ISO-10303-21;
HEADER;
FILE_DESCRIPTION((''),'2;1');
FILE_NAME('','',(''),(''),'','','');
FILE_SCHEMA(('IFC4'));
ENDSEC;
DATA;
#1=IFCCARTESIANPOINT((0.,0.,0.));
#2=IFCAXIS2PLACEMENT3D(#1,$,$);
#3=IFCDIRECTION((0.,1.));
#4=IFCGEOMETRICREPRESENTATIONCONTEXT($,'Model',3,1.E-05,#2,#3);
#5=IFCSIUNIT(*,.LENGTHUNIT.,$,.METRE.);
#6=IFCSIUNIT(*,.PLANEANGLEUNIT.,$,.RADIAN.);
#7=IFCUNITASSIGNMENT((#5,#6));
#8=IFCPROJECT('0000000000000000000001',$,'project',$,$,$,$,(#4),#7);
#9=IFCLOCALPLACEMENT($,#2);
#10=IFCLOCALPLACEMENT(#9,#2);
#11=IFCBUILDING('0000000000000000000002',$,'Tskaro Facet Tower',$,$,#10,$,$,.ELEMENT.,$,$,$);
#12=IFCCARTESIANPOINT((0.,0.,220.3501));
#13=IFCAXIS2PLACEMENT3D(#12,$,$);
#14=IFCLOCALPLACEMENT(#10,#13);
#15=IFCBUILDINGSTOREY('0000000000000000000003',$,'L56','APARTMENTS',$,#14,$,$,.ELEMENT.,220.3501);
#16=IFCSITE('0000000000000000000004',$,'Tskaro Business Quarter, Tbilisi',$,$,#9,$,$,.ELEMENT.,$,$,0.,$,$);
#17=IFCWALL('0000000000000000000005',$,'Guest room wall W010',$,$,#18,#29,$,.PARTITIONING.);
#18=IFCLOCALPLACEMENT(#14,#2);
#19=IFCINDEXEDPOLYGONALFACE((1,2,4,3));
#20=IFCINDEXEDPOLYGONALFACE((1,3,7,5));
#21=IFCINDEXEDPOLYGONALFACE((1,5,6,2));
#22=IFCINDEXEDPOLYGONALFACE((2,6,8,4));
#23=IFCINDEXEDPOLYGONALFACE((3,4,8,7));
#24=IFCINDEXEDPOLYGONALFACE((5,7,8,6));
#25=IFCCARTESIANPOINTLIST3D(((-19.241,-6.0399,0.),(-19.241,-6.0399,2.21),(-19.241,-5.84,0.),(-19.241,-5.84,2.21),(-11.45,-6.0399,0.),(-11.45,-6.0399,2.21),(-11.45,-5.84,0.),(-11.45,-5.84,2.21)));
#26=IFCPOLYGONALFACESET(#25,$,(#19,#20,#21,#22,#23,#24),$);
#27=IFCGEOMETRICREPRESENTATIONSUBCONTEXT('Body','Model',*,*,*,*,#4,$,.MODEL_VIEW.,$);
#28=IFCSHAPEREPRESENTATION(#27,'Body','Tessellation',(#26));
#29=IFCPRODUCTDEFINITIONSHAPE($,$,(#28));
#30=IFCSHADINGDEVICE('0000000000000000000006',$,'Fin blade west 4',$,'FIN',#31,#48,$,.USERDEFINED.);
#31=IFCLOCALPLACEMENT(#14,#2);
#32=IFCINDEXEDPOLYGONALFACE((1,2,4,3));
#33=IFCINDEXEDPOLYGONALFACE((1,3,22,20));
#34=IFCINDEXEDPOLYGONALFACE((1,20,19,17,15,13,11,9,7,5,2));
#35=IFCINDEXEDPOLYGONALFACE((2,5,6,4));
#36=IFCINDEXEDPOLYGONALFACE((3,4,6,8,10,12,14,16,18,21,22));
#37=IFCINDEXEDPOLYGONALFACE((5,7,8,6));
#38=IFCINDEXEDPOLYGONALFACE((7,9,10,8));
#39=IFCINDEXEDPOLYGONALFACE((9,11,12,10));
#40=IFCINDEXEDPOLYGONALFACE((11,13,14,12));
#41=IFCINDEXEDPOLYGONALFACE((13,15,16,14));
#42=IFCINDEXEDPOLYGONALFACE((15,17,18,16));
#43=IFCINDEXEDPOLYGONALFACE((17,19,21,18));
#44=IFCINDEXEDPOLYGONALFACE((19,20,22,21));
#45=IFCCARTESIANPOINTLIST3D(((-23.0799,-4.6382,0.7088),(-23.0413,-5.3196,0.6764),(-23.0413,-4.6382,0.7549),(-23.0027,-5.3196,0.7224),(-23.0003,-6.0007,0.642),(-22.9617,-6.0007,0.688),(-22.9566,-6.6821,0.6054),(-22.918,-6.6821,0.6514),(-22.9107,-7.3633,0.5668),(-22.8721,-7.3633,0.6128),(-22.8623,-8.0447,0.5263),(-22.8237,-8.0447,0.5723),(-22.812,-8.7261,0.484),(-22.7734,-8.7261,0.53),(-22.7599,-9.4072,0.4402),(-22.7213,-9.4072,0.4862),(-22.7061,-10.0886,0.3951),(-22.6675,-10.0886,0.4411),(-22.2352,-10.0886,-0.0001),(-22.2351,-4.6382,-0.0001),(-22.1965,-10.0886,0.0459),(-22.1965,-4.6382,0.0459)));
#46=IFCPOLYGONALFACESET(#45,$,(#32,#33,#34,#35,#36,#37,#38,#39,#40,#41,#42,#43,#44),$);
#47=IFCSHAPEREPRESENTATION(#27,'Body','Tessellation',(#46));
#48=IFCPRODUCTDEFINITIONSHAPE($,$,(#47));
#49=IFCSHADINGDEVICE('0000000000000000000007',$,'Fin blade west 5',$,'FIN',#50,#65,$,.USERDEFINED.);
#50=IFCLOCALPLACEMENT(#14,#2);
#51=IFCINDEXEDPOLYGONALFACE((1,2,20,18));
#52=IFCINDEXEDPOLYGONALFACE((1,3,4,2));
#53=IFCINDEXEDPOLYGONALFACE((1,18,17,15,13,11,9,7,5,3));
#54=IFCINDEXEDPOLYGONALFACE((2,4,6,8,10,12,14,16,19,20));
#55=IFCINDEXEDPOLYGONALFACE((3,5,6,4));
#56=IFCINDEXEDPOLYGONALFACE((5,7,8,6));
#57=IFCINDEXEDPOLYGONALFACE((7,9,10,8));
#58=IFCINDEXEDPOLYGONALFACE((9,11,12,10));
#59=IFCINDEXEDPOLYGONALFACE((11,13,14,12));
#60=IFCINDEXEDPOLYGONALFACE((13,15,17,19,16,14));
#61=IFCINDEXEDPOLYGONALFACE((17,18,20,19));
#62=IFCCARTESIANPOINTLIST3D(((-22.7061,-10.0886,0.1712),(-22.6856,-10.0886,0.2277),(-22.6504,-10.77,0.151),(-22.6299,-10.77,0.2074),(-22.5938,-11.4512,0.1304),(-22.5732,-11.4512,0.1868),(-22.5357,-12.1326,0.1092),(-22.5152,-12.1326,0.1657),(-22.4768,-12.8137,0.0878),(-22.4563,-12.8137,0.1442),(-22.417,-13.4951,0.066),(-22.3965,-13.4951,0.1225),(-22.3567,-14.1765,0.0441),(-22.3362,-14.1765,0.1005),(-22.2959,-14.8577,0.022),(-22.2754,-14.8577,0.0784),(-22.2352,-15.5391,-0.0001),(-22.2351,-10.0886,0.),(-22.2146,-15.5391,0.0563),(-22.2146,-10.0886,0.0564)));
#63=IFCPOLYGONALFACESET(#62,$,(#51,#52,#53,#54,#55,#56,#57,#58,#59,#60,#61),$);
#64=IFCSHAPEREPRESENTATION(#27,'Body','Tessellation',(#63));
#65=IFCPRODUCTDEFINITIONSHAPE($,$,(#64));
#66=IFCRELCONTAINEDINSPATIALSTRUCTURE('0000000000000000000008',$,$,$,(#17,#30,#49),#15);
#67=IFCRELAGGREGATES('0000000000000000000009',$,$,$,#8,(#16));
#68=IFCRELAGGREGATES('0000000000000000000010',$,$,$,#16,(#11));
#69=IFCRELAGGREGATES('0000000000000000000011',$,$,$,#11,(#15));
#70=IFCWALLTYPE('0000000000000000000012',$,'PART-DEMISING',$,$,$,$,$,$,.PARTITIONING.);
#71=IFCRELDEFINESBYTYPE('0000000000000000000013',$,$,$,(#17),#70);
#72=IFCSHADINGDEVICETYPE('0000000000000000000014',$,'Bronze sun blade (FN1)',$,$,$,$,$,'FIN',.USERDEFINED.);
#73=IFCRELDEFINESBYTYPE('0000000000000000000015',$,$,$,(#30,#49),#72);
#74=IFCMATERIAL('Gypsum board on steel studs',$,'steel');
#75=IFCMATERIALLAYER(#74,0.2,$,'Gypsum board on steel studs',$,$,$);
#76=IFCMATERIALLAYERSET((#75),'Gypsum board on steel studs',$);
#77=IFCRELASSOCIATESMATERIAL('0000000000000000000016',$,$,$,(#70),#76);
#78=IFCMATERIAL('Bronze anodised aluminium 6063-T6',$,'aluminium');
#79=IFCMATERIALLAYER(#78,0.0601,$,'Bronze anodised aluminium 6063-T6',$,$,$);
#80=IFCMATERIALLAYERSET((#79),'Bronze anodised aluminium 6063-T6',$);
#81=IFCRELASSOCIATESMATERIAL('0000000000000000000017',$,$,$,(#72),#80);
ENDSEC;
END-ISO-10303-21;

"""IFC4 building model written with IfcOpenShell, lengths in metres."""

from ifc_helpers import new_model, si_unit, direction, frame, frame_2d, origin, place, context, subcontext, project, spatial, polyline, rectangle, outline, extrude, material, layer, layer_set, type_object, element, save


model = new_model("IFC4")

# Units and contexts
model_context = context("Model", 3, precision=1e-05, world=origin(), true_north=direction((0.0, 1.0)))
body_context = subcontext(model_context, "Body", "Model", "MODEL_VIEW")
ifc_project = project(units=[si_unit("LENGTHUNIT", "METRE"), si_unit("PLANEANGLEUNIT", "RADIAN")], contexts=[model_context])

# Site, building, storey
site_placement = place(None, origin())
site = spatial("IfcSite", under=ifc_project, at=site_placement, Name="Tskaro Business Quarter, Tbilisi", CompositionType="ELEMENT", RefElevation=0.0)
building_placement = place(site_placement, origin())
building = spatial("IfcBuilding", under=site, at=building_placement, Name="Tskaro Facet Tower", CompositionType="ELEMENT")
storey_placement = place(building_placement, frame((0.0, 0.0, 220.3501)))
storey = spatial("IfcBuildingStorey", under=building, at=storey_placement, Name="L56", Description="APARTMENTS", CompositionType="ELEMENT", Elevation=220.3501)

# Shared definitions
ifc_material_1 = material(Name="Bronze anodised aluminium 6063-T6", Category="aluminium")

# Wall
ifc_material_2 = material(Name="Gypsum board on steel studs", Category="steel")
ifc_layer_1 = layer(ifc_material_2, 0.2, Name="Gypsum board on steel studs")
ifc_layer_set_1 = layer_set([ifc_layer_1], Name="Gypsum board on steel studs")
wall_type_1 = type_object("IfcWallType", Name="PART-DEMISING", PredefinedType="PARTITIONING", material=ifc_layer_set_1)
wall_1_placement = place(storey_placement, frame((-19.241, -5.9399, 0.0), z_axis=(0.0, 0.0, 1.0), x_axis=(1.0, 0.0, 0.0)))
element("IfcWall", 1, at=wall_1_placement, inside=storey, type_object=wall_type_1, Name="Guest room wall W010", PredefinedType="PARTITIONING", context=body_context, shape_type="SweptSolid", body=[
    extrude(rectangle(XDim=7.791, YDim=0.2, at=frame_2d((3.8955, 0.0))), origin(), (0.0, 0.0, 1.0), 2.21),
])

# Shading devices
ifc_layer_2 = layer(ifc_material_1, 0.0601, Name="Bronze anodised aluminium 6063-T6")
ifc_layer_set_2 = layer_set([ifc_layer_2], Name="Bronze anodised aluminium 6063-T6")
shading_device_type = type_object("IfcShadingDeviceType", Name="Bronze sun blade (FN1)", ElementType="FIN", PredefinedType="USERDEFINED", material=ifc_layer_set_2)
shading_device_1_placement = place(storey_placement, frame((-22.1965, -4.6382, 0.0459), z_axis=(0.642851, -0.000003, 0.765991), x_axis=(-0.000002, -1.0, -0.000003)))
element("IfcShadingDevice", 2, at=shading_device_1_placement, inside=storey, type_object=shading_device_type, Name="Fin blade west 4", ObjectType="FIN", PredefinedType="USERDEFINED", context=body_context, shape_type="SweptSolid", body=[
    extrude(outline(polyline([(0.0, 0.0), (5.4504, 0.0), (5.4504, -0.6148), (4.769, -0.685), (4.0879, -0.7531), (3.4065, -0.8188), (2.7251, -0.8819), (2.0439, -0.9418), (1.3625, -0.9989), (0.6814, -1.0524), (0.0, -1.1028), (0.0, 0.0)])), origin(), (0.0, 0.0, -1.0), 0.0601),
])
shading_device_2_placement = place(storey_placement, frame((-22.2146, -10.0886, 0.0564), z_axis=(0.341782, -0.000019, 0.939779), x_axis=(-0.000007, -1.0, -0.000018)))
element("IfcShadingDevice", 3, at=shading_device_2_placement, inside=storey, type_object=shading_device_type, Name="Fin blade west 5", ObjectType="FIN", PredefinedType="USERDEFINED", context=body_context, shape_type="SweptSolid", body=[
    extrude(outline(polyline([(0.0, 0.0), (5.4504, 0.0), (4.769, -0.0646), (4.0879, -0.1294), (3.4065, -0.1935), (2.7251, -0.2572), (2.0439, -0.3198), (1.3625, -0.3816), (0.6814, -0.4419), (0.0, -0.5012), (0.0, 0.0)])), origin(), (0.0, 0.0, -1.0), 0.0601),
])

save(model, "model.ifc")
